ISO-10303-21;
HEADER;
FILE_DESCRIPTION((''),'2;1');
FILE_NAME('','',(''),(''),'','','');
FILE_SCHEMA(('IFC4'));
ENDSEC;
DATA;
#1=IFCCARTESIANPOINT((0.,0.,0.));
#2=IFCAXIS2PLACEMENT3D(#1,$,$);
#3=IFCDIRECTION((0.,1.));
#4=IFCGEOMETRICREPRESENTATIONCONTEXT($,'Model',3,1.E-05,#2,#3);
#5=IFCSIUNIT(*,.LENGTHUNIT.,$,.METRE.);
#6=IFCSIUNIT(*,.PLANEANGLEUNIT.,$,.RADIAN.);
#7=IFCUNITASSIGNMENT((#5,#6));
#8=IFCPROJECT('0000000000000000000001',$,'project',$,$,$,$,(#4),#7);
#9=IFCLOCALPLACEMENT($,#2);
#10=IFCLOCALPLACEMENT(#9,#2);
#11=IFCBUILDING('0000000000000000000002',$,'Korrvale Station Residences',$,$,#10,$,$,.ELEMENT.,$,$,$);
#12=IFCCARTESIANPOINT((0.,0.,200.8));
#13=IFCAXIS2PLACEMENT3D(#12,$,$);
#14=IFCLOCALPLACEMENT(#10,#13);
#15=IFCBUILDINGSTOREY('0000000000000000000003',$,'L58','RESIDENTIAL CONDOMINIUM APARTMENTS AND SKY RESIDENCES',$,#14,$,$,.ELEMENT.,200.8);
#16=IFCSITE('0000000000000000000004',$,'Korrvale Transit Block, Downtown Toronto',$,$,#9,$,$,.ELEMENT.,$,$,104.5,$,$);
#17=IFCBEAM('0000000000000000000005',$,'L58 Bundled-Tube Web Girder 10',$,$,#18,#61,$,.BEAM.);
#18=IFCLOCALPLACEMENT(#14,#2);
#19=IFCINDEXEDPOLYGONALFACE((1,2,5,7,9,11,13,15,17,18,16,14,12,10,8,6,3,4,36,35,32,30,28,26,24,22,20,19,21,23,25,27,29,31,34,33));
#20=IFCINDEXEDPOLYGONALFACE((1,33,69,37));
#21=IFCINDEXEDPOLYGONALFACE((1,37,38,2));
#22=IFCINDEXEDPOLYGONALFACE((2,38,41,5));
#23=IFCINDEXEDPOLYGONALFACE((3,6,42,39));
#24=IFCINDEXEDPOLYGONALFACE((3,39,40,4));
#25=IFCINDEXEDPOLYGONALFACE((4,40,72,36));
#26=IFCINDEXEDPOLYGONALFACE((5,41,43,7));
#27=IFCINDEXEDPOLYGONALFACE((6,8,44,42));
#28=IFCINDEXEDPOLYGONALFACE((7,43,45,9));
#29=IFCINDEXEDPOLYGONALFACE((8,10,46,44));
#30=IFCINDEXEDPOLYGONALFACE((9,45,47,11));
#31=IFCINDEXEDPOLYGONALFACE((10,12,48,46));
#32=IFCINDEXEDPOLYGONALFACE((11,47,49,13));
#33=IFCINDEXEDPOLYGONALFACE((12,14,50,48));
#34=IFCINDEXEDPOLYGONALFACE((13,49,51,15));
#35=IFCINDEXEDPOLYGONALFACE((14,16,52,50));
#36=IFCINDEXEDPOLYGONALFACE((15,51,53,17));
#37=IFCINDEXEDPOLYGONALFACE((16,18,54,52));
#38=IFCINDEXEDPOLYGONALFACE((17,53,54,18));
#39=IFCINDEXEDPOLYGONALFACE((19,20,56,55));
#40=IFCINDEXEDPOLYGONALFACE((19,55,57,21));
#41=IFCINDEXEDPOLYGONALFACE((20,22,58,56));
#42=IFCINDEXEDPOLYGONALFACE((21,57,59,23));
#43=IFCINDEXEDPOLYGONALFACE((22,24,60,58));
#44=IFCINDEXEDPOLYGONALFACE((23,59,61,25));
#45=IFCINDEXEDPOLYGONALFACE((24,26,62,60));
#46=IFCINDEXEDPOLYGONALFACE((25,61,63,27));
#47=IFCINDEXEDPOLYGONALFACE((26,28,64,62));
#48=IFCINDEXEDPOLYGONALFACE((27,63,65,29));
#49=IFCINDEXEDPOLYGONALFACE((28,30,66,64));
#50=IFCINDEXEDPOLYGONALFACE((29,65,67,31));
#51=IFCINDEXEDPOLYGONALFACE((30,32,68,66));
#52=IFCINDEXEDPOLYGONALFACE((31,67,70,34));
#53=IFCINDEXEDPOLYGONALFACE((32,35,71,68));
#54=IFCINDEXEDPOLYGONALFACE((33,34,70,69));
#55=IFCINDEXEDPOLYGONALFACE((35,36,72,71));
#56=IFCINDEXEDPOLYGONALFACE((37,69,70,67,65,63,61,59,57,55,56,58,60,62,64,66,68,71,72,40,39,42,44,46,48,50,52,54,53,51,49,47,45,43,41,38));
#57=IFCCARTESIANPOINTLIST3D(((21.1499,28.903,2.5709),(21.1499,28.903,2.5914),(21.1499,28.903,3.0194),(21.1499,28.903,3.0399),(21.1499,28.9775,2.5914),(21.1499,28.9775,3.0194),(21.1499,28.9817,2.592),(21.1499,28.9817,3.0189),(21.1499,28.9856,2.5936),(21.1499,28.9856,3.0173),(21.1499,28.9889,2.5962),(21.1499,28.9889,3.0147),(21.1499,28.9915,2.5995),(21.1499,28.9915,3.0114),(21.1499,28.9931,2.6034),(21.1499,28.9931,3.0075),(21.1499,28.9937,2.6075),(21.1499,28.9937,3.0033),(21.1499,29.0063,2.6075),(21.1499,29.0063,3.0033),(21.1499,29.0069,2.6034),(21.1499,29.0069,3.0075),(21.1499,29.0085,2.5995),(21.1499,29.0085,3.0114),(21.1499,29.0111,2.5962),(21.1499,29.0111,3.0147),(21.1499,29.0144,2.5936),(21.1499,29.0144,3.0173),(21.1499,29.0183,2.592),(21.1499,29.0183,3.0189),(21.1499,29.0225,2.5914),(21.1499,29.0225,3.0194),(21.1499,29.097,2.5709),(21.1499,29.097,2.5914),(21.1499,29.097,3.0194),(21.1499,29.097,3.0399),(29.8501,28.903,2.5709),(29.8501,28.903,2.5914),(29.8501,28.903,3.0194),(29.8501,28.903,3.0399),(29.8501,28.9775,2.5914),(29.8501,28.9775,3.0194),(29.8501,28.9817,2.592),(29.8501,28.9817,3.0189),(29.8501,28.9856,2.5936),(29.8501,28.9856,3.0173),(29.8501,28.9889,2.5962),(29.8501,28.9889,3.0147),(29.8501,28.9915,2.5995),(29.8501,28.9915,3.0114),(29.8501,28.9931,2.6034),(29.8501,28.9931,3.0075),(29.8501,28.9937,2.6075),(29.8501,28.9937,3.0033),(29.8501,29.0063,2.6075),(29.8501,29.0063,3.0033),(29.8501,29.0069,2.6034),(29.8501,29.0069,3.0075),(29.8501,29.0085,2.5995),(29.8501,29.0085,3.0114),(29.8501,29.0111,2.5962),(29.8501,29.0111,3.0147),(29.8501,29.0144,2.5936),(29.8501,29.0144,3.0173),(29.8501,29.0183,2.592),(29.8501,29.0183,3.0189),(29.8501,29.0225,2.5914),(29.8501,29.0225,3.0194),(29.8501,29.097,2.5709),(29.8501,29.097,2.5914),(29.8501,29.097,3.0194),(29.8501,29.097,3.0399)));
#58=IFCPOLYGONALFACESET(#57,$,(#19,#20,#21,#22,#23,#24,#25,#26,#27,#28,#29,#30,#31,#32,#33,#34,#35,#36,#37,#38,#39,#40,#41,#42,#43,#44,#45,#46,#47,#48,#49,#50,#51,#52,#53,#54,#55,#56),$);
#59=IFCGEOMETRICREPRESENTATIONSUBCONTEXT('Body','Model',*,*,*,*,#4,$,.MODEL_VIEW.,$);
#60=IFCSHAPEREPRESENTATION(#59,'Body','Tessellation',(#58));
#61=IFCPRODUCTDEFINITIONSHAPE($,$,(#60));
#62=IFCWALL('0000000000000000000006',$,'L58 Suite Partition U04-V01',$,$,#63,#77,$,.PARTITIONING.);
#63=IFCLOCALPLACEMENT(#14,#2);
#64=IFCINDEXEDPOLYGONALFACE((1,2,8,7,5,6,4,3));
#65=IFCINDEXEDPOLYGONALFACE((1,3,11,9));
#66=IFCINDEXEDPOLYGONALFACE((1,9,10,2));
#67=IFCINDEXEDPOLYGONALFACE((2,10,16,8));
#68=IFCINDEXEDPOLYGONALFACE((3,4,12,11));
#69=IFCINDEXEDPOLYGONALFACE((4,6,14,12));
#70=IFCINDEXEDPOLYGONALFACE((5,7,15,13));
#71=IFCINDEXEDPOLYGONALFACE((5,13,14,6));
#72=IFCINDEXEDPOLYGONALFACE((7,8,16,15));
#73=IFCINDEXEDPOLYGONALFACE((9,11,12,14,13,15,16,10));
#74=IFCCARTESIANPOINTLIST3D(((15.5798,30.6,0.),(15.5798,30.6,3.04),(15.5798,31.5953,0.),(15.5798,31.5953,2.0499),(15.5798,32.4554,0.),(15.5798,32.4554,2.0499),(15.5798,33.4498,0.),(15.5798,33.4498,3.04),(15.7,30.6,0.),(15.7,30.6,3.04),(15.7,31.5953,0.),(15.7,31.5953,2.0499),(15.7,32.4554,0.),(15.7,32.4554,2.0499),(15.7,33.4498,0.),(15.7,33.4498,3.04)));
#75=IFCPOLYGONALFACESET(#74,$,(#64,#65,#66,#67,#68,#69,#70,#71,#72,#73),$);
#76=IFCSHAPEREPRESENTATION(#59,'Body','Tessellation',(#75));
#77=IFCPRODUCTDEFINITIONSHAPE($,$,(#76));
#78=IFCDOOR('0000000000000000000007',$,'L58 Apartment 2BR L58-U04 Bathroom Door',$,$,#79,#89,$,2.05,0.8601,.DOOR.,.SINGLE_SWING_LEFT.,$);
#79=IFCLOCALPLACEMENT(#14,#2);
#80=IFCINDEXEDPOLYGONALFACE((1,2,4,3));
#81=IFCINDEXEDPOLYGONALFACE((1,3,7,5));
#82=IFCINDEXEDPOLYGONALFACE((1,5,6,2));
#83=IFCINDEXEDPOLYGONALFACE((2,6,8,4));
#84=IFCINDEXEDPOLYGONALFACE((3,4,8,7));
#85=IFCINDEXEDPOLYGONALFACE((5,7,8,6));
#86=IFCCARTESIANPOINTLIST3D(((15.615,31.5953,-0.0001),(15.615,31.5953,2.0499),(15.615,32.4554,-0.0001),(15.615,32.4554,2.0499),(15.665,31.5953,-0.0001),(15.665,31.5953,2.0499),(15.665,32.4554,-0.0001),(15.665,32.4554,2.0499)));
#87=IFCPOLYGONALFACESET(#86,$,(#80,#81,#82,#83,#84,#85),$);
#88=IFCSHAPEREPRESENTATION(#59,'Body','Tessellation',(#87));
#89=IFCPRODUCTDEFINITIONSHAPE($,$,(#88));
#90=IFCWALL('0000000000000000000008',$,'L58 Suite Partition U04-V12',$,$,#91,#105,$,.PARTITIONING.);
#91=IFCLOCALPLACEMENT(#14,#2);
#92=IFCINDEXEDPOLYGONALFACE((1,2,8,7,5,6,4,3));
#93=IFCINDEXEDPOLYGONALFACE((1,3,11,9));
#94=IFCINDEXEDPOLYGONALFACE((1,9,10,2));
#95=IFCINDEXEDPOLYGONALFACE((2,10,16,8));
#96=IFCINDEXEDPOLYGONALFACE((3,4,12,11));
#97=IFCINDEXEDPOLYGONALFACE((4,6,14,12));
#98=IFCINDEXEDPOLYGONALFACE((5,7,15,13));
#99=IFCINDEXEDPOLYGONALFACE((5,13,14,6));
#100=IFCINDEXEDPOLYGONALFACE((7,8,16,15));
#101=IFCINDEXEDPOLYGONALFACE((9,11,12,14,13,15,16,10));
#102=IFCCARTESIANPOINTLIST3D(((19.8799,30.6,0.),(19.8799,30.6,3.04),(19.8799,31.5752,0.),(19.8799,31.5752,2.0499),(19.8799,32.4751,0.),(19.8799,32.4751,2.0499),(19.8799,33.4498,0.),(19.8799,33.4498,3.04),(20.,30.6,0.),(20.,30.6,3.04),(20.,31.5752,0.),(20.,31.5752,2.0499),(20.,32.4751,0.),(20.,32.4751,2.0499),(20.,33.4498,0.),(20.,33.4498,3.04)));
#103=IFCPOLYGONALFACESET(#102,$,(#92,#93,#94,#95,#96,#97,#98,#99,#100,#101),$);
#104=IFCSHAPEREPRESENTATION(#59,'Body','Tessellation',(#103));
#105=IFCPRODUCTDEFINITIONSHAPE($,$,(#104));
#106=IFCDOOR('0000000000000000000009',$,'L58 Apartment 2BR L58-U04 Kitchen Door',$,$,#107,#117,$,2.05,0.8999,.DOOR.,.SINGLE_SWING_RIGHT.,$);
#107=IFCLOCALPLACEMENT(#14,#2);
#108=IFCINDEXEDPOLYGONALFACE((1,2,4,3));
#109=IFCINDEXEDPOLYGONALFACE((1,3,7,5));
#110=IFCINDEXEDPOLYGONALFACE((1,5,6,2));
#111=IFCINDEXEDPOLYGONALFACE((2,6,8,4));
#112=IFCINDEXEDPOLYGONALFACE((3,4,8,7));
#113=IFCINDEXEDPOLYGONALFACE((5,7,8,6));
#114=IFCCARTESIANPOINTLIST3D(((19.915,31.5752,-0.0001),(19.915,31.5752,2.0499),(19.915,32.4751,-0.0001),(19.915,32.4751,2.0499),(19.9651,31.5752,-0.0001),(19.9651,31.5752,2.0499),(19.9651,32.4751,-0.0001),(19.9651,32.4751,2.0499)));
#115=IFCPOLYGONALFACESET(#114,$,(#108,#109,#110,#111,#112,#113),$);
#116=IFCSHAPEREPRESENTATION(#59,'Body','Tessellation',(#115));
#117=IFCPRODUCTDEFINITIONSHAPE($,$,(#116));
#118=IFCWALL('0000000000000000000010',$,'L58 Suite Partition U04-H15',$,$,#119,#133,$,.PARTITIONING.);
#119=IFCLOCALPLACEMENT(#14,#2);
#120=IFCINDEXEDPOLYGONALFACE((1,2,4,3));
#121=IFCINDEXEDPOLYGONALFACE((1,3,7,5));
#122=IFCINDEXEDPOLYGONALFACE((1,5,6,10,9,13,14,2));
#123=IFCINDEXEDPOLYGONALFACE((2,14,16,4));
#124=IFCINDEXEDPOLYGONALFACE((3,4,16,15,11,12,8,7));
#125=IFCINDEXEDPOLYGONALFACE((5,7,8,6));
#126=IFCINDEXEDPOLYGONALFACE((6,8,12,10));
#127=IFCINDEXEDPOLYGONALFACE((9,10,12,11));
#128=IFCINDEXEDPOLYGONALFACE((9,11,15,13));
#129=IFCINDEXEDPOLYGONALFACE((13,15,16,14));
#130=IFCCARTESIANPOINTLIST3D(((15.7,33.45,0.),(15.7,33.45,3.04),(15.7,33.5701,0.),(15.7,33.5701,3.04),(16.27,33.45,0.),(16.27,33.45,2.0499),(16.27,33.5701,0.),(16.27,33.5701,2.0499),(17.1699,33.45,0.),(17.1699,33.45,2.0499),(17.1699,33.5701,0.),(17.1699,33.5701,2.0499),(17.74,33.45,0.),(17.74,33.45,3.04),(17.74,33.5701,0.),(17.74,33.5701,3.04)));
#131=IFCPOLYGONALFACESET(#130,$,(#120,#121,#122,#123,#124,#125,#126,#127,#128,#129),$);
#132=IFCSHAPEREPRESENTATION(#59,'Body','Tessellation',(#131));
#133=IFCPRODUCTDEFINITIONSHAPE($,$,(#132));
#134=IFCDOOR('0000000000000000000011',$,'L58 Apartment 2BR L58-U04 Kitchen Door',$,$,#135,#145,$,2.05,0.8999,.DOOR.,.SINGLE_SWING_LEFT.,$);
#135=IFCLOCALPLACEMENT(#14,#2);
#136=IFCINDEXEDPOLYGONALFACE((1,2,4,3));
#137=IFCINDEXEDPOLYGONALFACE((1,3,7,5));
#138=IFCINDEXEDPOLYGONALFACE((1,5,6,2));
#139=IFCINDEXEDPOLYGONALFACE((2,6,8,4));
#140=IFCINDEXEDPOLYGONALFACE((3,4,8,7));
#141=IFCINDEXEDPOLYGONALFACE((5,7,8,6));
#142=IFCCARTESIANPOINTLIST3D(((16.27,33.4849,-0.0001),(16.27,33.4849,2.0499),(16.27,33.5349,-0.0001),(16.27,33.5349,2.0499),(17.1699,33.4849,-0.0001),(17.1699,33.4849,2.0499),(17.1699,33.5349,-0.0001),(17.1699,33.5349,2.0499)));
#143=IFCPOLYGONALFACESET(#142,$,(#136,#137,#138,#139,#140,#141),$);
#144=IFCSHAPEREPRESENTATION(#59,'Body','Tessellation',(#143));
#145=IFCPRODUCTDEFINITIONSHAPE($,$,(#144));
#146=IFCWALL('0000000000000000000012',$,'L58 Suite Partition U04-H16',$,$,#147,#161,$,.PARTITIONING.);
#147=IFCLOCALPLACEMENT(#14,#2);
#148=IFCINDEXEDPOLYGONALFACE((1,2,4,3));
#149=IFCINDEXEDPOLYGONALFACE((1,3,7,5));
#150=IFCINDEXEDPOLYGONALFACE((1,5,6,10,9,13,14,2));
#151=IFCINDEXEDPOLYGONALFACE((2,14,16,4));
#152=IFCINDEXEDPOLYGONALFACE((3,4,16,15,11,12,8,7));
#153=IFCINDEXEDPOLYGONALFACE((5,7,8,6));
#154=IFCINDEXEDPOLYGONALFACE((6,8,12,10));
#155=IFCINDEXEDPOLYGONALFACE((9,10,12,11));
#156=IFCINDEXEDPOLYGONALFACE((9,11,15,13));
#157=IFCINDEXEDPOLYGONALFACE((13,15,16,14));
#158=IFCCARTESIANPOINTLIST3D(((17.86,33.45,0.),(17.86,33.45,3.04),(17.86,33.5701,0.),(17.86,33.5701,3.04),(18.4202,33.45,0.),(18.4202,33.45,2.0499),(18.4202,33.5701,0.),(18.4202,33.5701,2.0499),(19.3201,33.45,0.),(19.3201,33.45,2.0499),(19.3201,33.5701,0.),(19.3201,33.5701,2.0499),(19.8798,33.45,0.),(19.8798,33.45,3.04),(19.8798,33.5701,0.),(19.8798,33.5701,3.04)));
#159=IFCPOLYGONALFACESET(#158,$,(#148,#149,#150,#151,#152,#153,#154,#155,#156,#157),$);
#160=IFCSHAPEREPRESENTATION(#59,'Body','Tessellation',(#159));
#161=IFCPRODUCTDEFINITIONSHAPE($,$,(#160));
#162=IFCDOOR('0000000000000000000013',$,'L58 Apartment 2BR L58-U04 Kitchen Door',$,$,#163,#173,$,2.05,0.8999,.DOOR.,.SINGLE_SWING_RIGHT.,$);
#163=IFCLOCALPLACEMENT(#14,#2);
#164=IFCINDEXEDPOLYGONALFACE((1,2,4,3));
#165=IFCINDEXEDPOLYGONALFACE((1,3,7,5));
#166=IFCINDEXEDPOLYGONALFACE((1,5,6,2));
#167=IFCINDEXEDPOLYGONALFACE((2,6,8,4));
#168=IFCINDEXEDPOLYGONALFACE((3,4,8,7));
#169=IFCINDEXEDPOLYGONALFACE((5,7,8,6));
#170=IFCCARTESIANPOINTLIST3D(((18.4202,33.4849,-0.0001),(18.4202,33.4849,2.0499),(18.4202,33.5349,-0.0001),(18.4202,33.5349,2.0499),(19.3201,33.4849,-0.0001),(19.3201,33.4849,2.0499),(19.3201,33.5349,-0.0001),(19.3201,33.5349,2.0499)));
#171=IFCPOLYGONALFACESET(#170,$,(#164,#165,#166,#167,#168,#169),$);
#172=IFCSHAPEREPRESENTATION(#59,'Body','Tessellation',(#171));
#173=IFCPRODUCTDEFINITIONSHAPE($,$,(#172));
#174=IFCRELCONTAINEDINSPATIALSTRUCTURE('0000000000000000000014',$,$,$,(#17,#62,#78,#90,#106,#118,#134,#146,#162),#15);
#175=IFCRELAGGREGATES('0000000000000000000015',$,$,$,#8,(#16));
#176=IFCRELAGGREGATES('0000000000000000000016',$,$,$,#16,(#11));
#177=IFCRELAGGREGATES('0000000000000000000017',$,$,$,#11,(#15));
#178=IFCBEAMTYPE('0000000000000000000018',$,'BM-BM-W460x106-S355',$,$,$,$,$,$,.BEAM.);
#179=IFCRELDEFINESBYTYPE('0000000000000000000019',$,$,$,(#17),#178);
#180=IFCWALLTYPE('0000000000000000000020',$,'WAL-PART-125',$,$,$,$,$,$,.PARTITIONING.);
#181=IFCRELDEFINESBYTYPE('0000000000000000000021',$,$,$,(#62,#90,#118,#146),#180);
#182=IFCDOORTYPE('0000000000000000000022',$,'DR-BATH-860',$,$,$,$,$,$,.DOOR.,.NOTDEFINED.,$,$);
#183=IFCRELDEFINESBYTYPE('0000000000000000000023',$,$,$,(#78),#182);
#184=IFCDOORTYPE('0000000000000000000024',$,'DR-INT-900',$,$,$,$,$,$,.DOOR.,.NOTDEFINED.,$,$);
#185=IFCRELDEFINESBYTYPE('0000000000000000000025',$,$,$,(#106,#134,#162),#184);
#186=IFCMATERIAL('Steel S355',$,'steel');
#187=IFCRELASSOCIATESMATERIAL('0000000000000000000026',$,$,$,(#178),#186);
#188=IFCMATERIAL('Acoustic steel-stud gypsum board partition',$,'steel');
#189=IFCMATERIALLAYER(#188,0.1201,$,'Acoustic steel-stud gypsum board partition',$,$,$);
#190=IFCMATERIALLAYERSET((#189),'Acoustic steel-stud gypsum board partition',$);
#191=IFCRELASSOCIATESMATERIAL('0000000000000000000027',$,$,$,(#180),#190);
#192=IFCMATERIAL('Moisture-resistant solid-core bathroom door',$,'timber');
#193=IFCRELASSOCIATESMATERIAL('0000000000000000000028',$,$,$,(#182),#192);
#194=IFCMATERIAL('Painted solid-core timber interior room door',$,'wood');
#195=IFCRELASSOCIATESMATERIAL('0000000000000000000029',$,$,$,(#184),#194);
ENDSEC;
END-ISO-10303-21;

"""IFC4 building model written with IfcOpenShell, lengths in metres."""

from ifc_helpers import new_model, si_unit, direction, frame, frame_2d, origin, origin_2d, place, context, subcontext, project, spatial, rectangle, i_section, extrude, material, layer, layer_set, material_profile, profile_set, type_object, element, fill, save


model = new_model("IFC4")

# Units and contexts
model_context = context("Model", 3, precision=1e-05, world=origin(), true_north=direction((0.0, 1.0)))
body_context = subcontext(model_context, "Body", "Model", "MODEL_VIEW")
ifc_project = project(units=[si_unit("LENGTHUNIT", "METRE"), si_unit("PLANEANGLEUNIT", "RADIAN")], contexts=[model_context])

# Site, building, storey
site_placement = place(None, origin())
site = spatial("IfcSite", under=ifc_project, at=site_placement, Name="Korrvale Transit Block, Downtown Toronto", CompositionType="ELEMENT", RefElevation=104.5)
building_placement = place(site_placement, origin())
building = spatial("IfcBuilding", under=site, at=building_placement, Name="Korrvale Station Residences", CompositionType="ELEMENT")
storey_placement = place(building_placement, frame((0.0, 0.0, 200.8)))
storey = spatial("IfcBuildingStorey", under=building, at=storey_placement, Name="L58", Description="RESIDENTIAL CONDOMINIUM APARTMENTS AND SKY RESIDENCES", CompositionType="ELEMENT", Elevation=200.8)

# Beam
ifc_material_1 = material(Name="Steel S355", Category="steel")
ifc_material_profile = material_profile(ifc_material_1, i_section(OverallWidth=0.1941, OverallDepth=0.469, WebThickness=0.0127, FlangeThickness=0.0205, FilletRadius=0.0161, at=origin_2d()), Name="W460x106")
ifc_profile_set = profile_set([ifc_material_profile], Name="Steel S355")
beam_type = type_object("IfcBeamType", Name="BM-BM-W460x106-S355", PredefinedType="BEAM", material=ifc_profile_set)
beam_placement = place(storey_placement, frame((21.1499, 29.0, 2.8054), z_axis=(1.0, 0.0, 0.0), x_axis=(0.0, 1.0, 0.0)))
element("IfcBeam", 1, at=beam_placement, inside=storey, type_object=beam_type, Name="L58 Bundled-Tube Web Girder 10", PredefinedType="BEAM", context=body_context, shape_type="SweptSolid", body=[
    extrude(i_section(OverallWidth=0.1941, OverallDepth=0.469, WebThickness=0.0127, FlangeThickness=0.0205, FilletRadius=0.0161, at=origin_2d()), origin(), (0.0, 0.0, 1.0), 8.7002),
])

# Walls, openings, doors
ifc_material_2 = material(Name="Acoustic steel-stud gypsum board partition", Category="steel")
ifc_layer = layer(ifc_material_2, 0.1201, Name="Acoustic steel-stud gypsum board partition")
ifc_layer_set = layer_set([ifc_layer], Name="Acoustic steel-stud gypsum board partition")
wall_type = type_object("IfcWallType", Name="WAL-PART-125", PredefinedType="PARTITIONING", material=ifc_layer_set)
wall_1_placement = place(storey_placement, frame((15.6399, 30.6001, 0.0), z_axis=(0.0, 0.0, 1.0), x_axis=(0.0, 1.0, 0.0)))
wall_1 = element("IfcWall", 2, at=wall_1_placement, inside=storey, type_object=wall_type, Name="L58 Suite Partition U04-V01", PredefinedType="PARTITIONING", context=body_context, shape_type="SweptSolid", body=[
    extrude(rectangle(XDim=2.8499, YDim=0.1201, at=frame_2d((1.4248, 0.0))), origin(), (0.0, 0.0, 1.0), 3.04),
])
opening_1_placement = place(wall_1_placement, frame((0.9951, 0.0, 0.0)))
opening_1 = element("IfcOpeningElement", 3, at=opening_1_placement, cuts=wall_1, PredefinedType="OPENING", context=body_context, shape_type="SweptSolid", body=[
    extrude(rectangle(XDim=0.8601, YDim=2.05, at=frame_2d((0.4302, 1.0249))), frame((0.0, 0.0701, 0.0), z_axis=(0.0, -1.0, 0.0), x_axis=(1.0, 0.0, 0.0)), (0.0, 0.0, 1.0), 0.1401),
])
ifc_material_3 = material(Name="Moisture-resistant solid-core bathroom door", Category="timber")
door_type_1 = type_object("IfcDoorType", Name="DR-BATH-860", OperationType="NOTDEFINED", PredefinedType="DOOR", material=ifc_material_3)
door_1_placement = place(opening_1_placement, origin())
door_1 = element("IfcDoor", 4, at=door_1_placement, inside=storey, type_object=door_type_1, Name="L58 Apartment 2BR L58-U04 Bathroom Door", OperationType="SINGLE_SWING_LEFT", OverallHeight=2.05, OverallWidth=0.8601, PredefinedType="DOOR", context=body_context, shape_type="SweptSolid", body=[
    extrude(rectangle(XDim=0.8601, YDim=2.05, at=frame_2d((0.4302, 1.0249))), frame((0.0, 0.0249, 0.0), z_axis=(0.0, -1.0, 0.0), x_axis=(1.0, 0.0, 0.0)), (0.0, 0.0, 1.0), 0.05),
])
fill(opening_1, door_1)
wall_2_placement = place(storey_placement, frame((19.9399, 30.6001, 0.0), z_axis=(0.0, 0.0, 1.0), x_axis=(0.0, 1.0, 0.0)))
wall_2 = element("IfcWall", 5, at=wall_2_placement, inside=storey, type_object=wall_type, Name="L58 Suite Partition U04-V12", PredefinedType="PARTITIONING", context=body_context, shape_type="SweptSolid", body=[
    extrude(rectangle(XDim=2.8499, YDim=0.1201, at=frame_2d((1.4248, 0.0))), origin(), (0.0, 0.0, 1.0), 3.04),
])
opening_2_placement = place(wall_2_placement, frame((0.9751, 0.0, 0.0)))
opening_2 = element("IfcOpeningElement", 6, at=opening_2_placement, cuts=wall_2, PredefinedType="OPENING", context=body_context, shape_type="SweptSolid", body=[
    extrude(rectangle(XDim=0.8999, YDim=2.05, at=frame_2d((0.45, 1.0249))), frame((0.0, 0.0701, 0.0), z_axis=(0.0, -1.0, 0.0), x_axis=(1.0, 0.0, 0.0)), (0.0, 0.0, 1.0), 0.1401),
])
ifc_material_4 = material(Name="Painted solid-core timber interior room door", Category="wood")
door_type_2 = type_object("IfcDoorType", Name="DR-INT-900", OperationType="NOTDEFINED", PredefinedType="DOOR", material=ifc_material_4)
door_2_placement = place(opening_2_placement, origin())
door_2 = element("IfcDoor", 7, at=door_2_placement, inside=storey, type_object=door_type_2, Name="L58 Apartment 2BR L58-U04 Kitchen Door", OperationType="SINGLE_SWING_RIGHT", OverallHeight=2.05, OverallWidth=0.8999, PredefinedType="DOOR", context=body_context, shape_type="SweptSolid", body=[
    extrude(rectangle(XDim=0.8999, YDim=2.05, at=frame_2d((0.45, 1.0249))), frame((0.0, 0.0249, 0.0), z_axis=(0.0, -1.0, 0.0), x_axis=(1.0, 0.0, 0.0)), (0.0, 0.0, 1.0), 0.05),
])
fill(opening_2, door_2)
wall_3_placement = place(storey_placement, frame((15.7, 33.51, 0.0), z_axis=(0.0, 0.0, 1.0), x_axis=(1.0, 0.0, 0.0)))
wall_3 = element("IfcWall", 8, at=wall_3_placement, inside=storey, type_object=wall_type, Name="L58 Suite Partition U04-H15", PredefinedType="PARTITIONING", context=body_context, shape_type="SweptSolid", body=[
    extrude(rectangle(XDim=2.04, YDim=0.1201, at=frame_2d((1.02, 0.0))), origin(), (0.0, 0.0, 1.0), 3.04),
])
opening_3_placement = place(wall_3_placement, frame((0.5701, 0.0, 0.0)))
opening_3 = element("IfcOpeningElement", 9, at=opening_3_placement, cuts=wall_3, PredefinedType="OPENING", context=body_context, shape_type="SweptSolid", body=[
    extrude(rectangle(XDim=0.8999, YDim=2.05, at=frame_2d((0.45, 1.0249))), frame((0.0, 0.0701, 0.0), z_axis=(0.0, -1.0, 0.0), x_axis=(1.0, 0.0, 0.0)), (0.0, 0.0, 1.0), 0.1401),
])
door_3_placement = place(opening_3_placement, origin())
door_3 = element("IfcDoor", 10, at=door_3_placement, inside=storey, type_object=door_type_2, Name="L58 Apartment 2BR L58-U04 Kitchen Door", OperationType="SINGLE_SWING_LEFT", OverallHeight=2.05, OverallWidth=0.8999, PredefinedType="DOOR", context=body_context, shape_type="SweptSolid", body=[
    extrude(rectangle(XDim=0.8999, YDim=2.05, at=frame_2d((0.45, 1.0249))), frame((0.0, 0.0249, 0.0), z_axis=(0.0, -1.0, 0.0), x_axis=(1.0, 0.0, 0.0)), (0.0, 0.0, 1.0), 0.05),
])
fill(opening_3, door_3)
wall_4_placement = place(storey_placement, frame((17.8601, 33.51, 0.0), z_axis=(0.0, 0.0, 1.0), x_axis=(1.0, 0.0, 0.0)))
wall_4 = element("IfcWall", 11, at=wall_4_placement, inside=storey, type_object=wall_type, Name="L58 Suite Partition U04-H16", PredefinedType="PARTITIONING", context=body_context, shape_type="SweptSolid", body=[
    extrude(rectangle(XDim=2.0198, YDim=0.1201, at=frame_2d((1.0098, 0.0))), origin(), (0.0, 0.0, 1.0), 3.04),
])
opening_4_placement = place(wall_4_placement, frame((0.5601, 0.0, 0.0)))
opening_4 = element("IfcOpeningElement", 12, at=opening_4_placement, cuts=wall_4, PredefinedType="OPENING", context=body_context, shape_type="SweptSolid", body=[
    extrude(rectangle(XDim=0.8999, YDim=2.05, at=frame_2d((0.45, 1.0249))), frame((0.0, 0.0701, 0.0), z_axis=(0.0, -1.0, 0.0), x_axis=(1.0, 0.0, 0.0)), (0.0, 0.0, 1.0), 0.1401),
])
door_4_placement = place(opening_4_placement, origin())
door_4 = element("IfcDoor", 13, at=door_4_placement, inside=storey, type_object=door_type_2, Name="L58 Apartment 2BR L58-U04 Kitchen Door", OperationType="SINGLE_SWING_RIGHT", OverallHeight=2.05, OverallWidth=0.8999, PredefinedType="DOOR", context=body_context, shape_type="SweptSolid", body=[
    extrude(rectangle(XDim=0.8999, YDim=2.05, at=frame_2d((0.45, 1.0249))), frame((0.0, 0.0249, 0.0), z_axis=(0.0, -1.0, 0.0), x_axis=(1.0, 0.0, 0.0)), (0.0, 0.0, 1.0), 0.05),
])
fill(opening_4, door_4)

save(model, "model.ifc")
